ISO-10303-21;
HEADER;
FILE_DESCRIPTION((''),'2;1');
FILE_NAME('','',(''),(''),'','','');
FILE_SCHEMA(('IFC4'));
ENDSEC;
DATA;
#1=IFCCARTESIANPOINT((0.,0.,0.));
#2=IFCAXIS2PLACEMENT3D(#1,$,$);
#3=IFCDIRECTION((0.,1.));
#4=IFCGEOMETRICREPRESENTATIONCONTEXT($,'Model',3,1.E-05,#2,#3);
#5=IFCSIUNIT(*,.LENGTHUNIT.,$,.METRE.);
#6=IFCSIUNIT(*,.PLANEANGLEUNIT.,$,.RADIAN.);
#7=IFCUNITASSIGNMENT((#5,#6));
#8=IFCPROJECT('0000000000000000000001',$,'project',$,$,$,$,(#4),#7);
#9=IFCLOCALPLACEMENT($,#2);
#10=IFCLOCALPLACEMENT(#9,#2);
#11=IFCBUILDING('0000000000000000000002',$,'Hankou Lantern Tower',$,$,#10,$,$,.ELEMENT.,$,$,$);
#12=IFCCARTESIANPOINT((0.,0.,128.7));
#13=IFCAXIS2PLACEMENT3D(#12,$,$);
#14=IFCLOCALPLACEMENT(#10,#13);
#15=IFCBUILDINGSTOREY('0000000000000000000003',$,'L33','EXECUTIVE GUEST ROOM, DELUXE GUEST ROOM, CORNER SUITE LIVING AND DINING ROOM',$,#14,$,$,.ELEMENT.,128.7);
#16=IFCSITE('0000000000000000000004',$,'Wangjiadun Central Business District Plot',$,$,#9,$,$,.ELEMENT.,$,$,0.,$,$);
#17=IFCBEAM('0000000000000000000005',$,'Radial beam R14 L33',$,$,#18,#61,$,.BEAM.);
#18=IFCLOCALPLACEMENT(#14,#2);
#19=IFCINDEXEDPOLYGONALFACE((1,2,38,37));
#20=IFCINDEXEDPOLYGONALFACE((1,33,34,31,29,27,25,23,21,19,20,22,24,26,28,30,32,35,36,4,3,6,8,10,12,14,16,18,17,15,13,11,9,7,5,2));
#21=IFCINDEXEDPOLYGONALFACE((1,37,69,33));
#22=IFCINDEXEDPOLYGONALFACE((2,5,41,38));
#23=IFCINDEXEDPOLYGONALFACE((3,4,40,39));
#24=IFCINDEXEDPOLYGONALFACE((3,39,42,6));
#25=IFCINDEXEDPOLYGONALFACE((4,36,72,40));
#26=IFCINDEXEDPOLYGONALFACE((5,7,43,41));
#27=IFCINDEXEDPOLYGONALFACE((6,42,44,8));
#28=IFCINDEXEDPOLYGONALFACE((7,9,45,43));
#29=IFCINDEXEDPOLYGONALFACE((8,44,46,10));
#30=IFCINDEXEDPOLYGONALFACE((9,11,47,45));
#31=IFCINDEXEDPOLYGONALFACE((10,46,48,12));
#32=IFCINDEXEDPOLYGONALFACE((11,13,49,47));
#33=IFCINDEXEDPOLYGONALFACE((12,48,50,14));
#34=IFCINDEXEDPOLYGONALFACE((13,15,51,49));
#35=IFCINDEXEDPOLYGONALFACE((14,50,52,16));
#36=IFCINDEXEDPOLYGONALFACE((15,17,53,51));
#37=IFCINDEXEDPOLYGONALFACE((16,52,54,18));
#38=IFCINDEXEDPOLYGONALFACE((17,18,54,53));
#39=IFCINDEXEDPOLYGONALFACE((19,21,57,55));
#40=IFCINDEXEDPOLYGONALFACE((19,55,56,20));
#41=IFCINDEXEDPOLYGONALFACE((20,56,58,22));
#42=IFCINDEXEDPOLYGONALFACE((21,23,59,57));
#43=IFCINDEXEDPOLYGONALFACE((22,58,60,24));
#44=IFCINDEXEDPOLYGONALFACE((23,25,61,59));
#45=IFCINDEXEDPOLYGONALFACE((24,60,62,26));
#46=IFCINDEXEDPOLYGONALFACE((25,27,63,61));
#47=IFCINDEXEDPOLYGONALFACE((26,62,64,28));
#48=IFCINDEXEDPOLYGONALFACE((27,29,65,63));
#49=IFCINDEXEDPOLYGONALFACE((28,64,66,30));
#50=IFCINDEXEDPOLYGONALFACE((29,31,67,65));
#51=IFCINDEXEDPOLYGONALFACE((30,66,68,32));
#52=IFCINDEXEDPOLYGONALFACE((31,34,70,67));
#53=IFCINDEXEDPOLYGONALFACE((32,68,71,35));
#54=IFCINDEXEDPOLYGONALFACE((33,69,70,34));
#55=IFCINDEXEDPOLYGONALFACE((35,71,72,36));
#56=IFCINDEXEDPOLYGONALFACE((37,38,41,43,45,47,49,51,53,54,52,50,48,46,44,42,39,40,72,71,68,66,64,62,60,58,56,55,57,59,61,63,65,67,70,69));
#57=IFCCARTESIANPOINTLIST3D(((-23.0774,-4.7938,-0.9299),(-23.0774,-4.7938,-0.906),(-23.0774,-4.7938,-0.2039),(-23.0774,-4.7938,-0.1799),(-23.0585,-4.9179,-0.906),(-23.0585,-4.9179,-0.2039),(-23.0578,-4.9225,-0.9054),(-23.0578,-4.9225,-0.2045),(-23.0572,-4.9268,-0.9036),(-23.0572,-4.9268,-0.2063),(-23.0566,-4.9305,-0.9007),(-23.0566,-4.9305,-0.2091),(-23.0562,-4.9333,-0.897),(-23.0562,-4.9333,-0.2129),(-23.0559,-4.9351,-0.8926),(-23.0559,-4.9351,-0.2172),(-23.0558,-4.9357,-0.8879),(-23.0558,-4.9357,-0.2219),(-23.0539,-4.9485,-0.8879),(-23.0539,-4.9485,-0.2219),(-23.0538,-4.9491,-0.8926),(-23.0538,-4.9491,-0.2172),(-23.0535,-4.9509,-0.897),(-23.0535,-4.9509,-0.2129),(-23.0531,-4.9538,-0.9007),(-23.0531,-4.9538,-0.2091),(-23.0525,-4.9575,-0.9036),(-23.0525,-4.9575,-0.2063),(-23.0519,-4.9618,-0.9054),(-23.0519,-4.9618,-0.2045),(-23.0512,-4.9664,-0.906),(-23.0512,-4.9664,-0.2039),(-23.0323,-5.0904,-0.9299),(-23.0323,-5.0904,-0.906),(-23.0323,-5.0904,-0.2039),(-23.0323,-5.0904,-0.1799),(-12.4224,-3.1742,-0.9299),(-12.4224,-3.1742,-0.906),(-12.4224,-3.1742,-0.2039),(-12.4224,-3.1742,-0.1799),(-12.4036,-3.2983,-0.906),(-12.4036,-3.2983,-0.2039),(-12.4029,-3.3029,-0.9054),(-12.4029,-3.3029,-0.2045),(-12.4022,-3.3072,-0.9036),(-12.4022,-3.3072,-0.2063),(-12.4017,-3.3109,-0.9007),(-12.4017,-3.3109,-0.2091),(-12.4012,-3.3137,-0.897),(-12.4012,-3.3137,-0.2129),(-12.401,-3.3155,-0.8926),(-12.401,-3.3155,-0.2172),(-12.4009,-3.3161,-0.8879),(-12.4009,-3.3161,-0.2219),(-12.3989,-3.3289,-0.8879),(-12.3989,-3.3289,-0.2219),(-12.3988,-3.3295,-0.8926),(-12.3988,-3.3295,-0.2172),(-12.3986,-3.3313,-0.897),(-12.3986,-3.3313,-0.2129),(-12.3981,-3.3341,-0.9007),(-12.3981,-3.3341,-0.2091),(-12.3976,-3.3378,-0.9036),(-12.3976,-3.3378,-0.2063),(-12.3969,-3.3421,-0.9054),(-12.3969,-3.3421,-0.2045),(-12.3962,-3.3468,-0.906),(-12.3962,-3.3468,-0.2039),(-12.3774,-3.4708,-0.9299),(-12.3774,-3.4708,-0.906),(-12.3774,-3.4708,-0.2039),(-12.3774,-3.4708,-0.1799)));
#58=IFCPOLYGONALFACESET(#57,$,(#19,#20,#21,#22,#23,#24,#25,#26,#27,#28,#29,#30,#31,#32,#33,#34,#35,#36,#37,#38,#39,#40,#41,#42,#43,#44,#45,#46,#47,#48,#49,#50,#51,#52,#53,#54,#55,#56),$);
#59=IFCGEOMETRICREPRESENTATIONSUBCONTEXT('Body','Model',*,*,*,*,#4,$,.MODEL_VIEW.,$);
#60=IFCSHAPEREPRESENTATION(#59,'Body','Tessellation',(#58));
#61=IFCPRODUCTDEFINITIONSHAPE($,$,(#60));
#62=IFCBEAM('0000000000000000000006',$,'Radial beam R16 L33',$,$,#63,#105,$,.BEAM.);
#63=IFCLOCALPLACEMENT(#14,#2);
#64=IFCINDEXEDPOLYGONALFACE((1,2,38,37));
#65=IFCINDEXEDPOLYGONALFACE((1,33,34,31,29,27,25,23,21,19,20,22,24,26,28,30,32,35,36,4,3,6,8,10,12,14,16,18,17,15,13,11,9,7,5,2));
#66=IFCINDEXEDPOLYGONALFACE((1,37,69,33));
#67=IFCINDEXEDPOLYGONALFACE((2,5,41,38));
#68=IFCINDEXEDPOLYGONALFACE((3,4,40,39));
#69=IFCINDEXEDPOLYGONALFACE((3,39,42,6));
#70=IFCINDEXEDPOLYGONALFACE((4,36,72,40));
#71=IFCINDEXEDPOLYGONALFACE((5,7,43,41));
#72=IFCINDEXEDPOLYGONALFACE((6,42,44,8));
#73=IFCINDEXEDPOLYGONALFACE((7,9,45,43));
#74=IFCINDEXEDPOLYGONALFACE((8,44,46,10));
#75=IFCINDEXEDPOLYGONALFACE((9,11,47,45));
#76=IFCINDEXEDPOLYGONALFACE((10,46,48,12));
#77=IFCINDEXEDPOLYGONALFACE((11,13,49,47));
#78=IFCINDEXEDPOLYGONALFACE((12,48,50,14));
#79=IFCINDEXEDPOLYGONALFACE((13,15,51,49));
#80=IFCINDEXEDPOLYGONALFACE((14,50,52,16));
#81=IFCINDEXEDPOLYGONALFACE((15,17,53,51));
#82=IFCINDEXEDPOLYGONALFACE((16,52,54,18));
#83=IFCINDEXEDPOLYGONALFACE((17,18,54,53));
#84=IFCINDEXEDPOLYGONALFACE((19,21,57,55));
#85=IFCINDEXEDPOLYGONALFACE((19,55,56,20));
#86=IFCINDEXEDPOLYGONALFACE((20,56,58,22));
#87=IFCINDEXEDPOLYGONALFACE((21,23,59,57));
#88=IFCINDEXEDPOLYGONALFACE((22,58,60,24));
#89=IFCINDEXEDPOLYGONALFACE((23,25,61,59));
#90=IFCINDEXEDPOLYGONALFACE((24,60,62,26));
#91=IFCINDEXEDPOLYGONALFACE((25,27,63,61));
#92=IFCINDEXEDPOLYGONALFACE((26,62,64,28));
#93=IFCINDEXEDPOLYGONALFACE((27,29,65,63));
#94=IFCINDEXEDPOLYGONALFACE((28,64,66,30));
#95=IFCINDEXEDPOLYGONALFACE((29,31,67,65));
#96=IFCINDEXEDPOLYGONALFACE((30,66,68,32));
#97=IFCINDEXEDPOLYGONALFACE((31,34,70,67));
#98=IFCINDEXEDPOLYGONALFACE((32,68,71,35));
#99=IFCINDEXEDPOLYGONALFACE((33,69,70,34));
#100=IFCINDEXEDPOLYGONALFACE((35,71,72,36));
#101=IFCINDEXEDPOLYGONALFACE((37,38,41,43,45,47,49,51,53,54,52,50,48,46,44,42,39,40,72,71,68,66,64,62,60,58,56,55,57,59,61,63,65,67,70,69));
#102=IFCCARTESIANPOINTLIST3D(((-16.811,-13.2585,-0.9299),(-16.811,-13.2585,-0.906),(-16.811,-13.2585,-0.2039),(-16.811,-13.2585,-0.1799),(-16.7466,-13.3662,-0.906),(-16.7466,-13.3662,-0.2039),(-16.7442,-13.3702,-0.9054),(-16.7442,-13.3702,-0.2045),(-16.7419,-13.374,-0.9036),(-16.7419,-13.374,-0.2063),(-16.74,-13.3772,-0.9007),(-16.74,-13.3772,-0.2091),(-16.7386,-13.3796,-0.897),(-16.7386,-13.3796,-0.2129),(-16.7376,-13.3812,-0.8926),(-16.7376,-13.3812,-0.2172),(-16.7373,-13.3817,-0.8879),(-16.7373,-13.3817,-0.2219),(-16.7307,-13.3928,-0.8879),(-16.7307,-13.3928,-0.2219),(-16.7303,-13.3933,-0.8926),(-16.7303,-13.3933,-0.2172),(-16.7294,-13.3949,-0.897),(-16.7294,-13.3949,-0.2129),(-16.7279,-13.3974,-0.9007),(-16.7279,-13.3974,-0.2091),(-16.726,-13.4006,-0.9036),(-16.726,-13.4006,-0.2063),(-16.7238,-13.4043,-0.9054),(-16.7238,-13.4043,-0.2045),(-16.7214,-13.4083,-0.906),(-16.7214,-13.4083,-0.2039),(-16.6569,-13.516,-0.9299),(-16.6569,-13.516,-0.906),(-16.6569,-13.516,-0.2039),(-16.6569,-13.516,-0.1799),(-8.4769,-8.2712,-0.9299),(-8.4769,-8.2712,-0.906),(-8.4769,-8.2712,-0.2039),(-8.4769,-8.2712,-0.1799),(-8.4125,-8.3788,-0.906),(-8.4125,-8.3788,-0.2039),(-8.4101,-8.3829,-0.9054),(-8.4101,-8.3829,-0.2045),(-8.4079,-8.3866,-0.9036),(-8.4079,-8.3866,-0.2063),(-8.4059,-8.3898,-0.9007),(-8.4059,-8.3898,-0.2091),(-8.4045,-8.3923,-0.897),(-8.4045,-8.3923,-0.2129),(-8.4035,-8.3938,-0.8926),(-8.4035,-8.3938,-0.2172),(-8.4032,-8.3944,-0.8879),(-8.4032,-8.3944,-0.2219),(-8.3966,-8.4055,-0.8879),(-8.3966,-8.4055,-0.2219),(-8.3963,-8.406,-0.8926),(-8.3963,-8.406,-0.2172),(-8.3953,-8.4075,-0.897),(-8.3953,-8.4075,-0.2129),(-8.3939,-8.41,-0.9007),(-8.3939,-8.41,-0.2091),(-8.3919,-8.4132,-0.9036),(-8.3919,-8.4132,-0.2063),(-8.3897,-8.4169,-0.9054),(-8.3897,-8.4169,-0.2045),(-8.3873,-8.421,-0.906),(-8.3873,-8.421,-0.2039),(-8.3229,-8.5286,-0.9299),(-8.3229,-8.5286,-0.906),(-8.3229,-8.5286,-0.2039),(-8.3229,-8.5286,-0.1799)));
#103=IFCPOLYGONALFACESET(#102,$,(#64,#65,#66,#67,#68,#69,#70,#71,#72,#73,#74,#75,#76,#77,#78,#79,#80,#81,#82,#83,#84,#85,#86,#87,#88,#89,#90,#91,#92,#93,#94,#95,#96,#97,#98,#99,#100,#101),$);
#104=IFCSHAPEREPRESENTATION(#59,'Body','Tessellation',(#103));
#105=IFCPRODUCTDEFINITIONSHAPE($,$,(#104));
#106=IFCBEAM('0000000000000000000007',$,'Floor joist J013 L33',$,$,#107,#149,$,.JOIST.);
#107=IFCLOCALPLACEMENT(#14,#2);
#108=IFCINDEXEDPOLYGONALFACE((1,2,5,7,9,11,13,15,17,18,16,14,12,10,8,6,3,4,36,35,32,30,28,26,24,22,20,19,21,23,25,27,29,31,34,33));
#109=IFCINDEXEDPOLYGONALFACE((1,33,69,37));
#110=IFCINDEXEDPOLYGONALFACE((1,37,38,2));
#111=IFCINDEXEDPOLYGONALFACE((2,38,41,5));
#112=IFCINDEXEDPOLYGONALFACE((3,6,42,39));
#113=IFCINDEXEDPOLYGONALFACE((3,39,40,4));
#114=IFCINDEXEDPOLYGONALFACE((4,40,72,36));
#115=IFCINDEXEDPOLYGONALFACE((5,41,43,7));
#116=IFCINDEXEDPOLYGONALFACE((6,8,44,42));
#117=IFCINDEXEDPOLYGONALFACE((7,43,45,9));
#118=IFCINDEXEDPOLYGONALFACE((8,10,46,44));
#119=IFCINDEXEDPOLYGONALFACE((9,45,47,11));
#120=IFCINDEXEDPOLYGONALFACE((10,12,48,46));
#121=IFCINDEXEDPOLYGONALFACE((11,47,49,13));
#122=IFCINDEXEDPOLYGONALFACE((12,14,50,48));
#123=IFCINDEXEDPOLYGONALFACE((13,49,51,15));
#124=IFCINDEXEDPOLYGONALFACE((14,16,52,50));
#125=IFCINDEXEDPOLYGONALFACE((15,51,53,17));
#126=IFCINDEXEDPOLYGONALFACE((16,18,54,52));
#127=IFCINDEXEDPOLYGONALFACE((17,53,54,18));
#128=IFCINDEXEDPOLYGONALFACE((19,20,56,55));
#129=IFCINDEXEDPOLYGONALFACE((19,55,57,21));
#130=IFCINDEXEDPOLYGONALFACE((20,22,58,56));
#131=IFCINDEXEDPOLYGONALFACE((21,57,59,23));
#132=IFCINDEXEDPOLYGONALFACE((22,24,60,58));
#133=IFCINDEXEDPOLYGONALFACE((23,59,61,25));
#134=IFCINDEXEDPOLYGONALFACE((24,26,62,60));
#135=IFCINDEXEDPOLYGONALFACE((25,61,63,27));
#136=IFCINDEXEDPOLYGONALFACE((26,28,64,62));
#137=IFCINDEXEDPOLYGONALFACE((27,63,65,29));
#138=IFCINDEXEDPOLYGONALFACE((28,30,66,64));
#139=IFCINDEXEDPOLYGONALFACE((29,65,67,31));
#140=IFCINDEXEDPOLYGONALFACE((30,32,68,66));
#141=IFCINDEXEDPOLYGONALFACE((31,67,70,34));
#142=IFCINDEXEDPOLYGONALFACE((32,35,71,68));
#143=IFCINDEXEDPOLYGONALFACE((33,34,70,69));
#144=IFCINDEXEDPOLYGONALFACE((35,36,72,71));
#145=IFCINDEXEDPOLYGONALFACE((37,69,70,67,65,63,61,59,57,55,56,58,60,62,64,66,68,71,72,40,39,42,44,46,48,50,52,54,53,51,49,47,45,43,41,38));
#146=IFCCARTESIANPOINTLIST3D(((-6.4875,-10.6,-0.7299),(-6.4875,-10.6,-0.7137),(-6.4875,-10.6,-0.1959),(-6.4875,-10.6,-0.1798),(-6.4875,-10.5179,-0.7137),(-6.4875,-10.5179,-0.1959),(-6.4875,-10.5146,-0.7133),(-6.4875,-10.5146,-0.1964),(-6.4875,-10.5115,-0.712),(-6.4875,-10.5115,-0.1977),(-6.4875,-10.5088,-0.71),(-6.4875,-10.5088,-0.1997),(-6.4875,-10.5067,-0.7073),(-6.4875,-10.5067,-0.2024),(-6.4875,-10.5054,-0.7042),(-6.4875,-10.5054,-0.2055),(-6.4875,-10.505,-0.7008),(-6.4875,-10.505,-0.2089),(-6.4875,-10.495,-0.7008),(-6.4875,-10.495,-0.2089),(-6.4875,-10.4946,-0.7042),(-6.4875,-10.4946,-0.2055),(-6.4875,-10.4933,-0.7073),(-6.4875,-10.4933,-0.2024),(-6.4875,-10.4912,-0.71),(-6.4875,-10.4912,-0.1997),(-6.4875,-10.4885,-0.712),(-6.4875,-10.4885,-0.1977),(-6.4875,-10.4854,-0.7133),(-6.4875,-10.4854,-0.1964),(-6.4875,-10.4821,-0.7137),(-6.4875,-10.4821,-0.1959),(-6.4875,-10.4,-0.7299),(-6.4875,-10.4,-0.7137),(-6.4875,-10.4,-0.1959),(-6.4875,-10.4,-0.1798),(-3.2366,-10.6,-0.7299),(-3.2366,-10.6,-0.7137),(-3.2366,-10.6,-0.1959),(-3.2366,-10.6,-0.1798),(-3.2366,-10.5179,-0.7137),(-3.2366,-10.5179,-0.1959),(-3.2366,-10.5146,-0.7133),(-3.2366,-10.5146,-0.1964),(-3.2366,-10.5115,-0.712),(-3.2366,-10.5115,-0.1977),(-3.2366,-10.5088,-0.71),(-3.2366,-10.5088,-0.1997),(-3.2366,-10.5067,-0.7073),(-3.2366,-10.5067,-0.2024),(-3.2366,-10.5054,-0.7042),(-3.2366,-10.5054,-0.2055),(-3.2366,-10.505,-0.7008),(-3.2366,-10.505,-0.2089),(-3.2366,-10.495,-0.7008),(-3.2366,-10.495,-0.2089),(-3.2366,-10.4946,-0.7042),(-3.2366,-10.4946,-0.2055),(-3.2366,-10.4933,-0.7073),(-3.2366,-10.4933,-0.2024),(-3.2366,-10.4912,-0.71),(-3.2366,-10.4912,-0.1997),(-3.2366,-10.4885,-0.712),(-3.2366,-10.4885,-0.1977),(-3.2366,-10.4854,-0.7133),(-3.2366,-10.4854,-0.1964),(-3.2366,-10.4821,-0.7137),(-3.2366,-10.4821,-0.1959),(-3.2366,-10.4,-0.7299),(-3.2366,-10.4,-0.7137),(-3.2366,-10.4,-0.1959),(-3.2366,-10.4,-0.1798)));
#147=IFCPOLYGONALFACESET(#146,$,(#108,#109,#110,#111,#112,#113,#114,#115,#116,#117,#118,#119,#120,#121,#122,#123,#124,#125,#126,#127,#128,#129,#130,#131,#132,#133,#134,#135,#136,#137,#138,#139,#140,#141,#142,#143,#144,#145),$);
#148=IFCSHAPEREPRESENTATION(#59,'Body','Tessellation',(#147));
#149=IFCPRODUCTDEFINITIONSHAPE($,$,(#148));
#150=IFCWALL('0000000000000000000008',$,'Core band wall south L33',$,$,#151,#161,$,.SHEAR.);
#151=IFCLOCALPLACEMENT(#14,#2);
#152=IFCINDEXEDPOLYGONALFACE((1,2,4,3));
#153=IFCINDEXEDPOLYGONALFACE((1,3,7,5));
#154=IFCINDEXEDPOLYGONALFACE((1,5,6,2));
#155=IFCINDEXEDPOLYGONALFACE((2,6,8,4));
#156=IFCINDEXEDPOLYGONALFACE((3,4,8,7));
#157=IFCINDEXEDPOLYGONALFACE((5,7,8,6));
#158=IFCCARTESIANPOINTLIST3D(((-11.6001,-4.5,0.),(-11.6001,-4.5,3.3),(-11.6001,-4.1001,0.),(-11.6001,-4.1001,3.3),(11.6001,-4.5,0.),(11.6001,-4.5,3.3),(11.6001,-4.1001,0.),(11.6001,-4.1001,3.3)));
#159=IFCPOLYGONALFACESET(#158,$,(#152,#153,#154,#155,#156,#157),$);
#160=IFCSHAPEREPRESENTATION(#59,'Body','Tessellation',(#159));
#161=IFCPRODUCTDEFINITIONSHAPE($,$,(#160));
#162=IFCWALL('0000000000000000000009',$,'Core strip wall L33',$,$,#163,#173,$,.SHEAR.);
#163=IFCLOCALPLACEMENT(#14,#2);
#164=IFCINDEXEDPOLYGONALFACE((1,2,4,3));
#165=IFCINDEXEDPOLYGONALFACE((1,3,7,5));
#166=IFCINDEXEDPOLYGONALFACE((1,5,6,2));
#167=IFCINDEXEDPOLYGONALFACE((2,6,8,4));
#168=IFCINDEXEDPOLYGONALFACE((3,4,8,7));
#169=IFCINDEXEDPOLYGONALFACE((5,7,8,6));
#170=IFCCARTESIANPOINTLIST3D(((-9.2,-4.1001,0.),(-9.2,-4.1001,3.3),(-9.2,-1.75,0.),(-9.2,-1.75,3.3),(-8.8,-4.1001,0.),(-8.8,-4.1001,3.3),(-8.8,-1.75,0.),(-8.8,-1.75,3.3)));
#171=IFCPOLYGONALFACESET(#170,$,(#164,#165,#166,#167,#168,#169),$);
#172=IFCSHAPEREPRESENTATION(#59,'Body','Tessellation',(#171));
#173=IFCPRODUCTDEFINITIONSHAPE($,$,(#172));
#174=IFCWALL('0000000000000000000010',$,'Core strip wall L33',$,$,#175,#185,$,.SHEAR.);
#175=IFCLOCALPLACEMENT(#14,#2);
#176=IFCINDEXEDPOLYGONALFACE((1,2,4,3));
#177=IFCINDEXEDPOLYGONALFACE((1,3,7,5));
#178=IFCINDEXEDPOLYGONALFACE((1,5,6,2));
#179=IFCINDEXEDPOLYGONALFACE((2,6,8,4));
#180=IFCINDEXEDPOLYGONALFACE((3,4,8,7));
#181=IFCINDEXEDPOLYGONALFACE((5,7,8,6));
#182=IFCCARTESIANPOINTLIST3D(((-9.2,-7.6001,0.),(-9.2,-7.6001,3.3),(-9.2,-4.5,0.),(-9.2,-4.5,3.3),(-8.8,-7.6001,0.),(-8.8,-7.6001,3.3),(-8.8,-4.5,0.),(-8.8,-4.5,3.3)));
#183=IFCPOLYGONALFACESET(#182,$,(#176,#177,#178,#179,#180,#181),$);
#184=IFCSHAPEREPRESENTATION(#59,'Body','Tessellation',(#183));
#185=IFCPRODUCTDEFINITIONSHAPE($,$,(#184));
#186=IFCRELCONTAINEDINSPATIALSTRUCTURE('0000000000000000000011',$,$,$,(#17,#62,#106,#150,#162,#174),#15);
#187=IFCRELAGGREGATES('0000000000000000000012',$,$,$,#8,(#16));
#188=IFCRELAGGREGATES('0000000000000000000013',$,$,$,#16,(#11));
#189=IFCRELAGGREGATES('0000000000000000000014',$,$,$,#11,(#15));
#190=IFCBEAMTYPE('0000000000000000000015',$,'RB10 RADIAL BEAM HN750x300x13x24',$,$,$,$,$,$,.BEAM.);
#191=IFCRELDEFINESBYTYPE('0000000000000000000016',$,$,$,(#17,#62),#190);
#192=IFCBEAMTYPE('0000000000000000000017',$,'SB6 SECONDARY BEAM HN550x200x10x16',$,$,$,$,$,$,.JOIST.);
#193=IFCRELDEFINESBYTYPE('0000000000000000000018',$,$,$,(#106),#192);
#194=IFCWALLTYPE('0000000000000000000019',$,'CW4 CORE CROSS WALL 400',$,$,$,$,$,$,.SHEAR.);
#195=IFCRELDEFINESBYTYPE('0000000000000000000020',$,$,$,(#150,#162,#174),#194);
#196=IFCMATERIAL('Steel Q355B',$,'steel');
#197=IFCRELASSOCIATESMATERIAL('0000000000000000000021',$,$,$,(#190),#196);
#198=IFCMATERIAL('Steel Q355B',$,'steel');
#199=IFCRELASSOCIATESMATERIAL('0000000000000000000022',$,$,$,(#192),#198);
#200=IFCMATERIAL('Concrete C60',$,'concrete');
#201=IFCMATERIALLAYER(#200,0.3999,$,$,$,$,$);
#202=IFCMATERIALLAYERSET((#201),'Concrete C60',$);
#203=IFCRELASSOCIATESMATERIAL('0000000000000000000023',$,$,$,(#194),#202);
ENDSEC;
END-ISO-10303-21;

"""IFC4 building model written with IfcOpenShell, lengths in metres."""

from ifc_helpers import new_model, si_unit, direction, frame, frame_2d, origin, origin_2d, place, context, subcontext, project, spatial, rectangle, i_section, extrude, material, layer, layer_set, material_profile, profile_set, type_object, element, save


model = new_model("IFC4")

# Units and contexts
model_context = context("Model", 3, precision=1e-05, world=origin(), true_north=direction((0.0, 1.0)))
body_context = subcontext(model_context, "Body", "Model", "MODEL_VIEW")
ifc_project = project(units=[si_unit("LENGTHUNIT", "METRE"), si_unit("PLANEANGLEUNIT", "RADIAN")], contexts=[model_context])

# Site, building, storey
site_placement = place(None, origin())
site = spatial("IfcSite", under=ifc_project, at=site_placement, Name="Wangjiadun Central Business District Plot", CompositionType="ELEMENT", RefElevation=0.0)
building_placement = place(site_placement, origin())
building = spatial("IfcBuilding", under=site, at=building_placement, Name="Hankou Lantern Tower", CompositionType="ELEMENT")
storey_placement = place(building_placement, frame((0.0, 0.0, 128.7)))
storey = spatial("IfcBuildingStorey", under=building, at=storey_placement, Name="L33", Description="EXECUTIVE GUEST ROOM, DELUXE GUEST ROOM, CORNER SUITE LIVING AND DINING ROOM", CompositionType="ELEMENT", Elevation=128.7)

# Beams
ifc_material_1 = material(Name="Steel Q355B", Category="steel")
ifc_material_profile_1 = material_profile(ifc_material_1, i_section(OverallWidth=0.3, OverallDepth=0.75, WebThickness=0.0129, FlangeThickness=0.0239, FilletRadius=0.0181, at=origin_2d()), Name="HN750x300x13x24")
ifc_profile_set_1 = profile_set([ifc_material_profile_1], Name="Steel Q355B")
beam_type_1 = type_object("IfcBeamType", Name="RB10 RADIAL BEAM HN750x300x13x24", PredefinedType="BEAM", material=ifc_profile_set_1)
beam_1_placement = place(storey_placement, frame((-12.3999, -3.3225, -0.5549), z_axis=(-0.988644, -0.15028, 0.0), x_axis=(0.15028, -0.988644, 0.0)))
element("IfcBeam", 1, at=beam_1_placement, inside=storey, type_object=beam_type_1, Name="Radial beam R14 L33", PredefinedType="BEAM", context=body_context, shape_type="SweptSolid", body=[
    extrude(i_section(OverallWidth=0.3, OverallDepth=0.75, WebThickness=0.0129, FlangeThickness=0.0239, FilletRadius=0.0181, at=origin_2d()), origin(), (0.0, 0.0, 1.0), 10.7773),
])
beam_2_placement = place(storey_placement, frame((-8.3999, -8.3999, -0.5549), z_axis=(-0.858087, -0.513505, 0.0), x_axis=(0.513505, -0.858087, 0.0)))
element("IfcBeam", 2, at=beam_2_placement, inside=storey, type_object=beam_type_1, Name="Radial beam R16 L33", PredefinedType="BEAM", context=body_context, shape_type="SweptSolid", body=[
    extrude(i_section(OverallWidth=0.3, OverallDepth=0.75, WebThickness=0.0129, FlangeThickness=0.0239, FilletRadius=0.0181, at=origin_2d()), origin(), (0.0, 0.0, 1.0), 9.7124),
])
ifc_material_2 = material(Name="Steel Q355B", Category="steel")
ifc_material_profile_2 = material_profile(ifc_material_2, i_section(OverallWidth=0.2, OverallDepth=0.55, WebThickness=0.01, FlangeThickness=0.0161, FilletRadius=0.0129, at=origin_2d()), Name="HN550x200x10x16")
ifc_profile_set_2 = profile_set([ifc_material_profile_2], Name="Steel Q355B")
beam_type_2 = type_object("IfcBeamType", Name="SB6 SECONDARY BEAM HN550x200x10x16", PredefinedType="JOIST", material=ifc_profile_set_2)
beam_3_placement = place(storey_placement, frame((-6.4875, -10.5, -0.4548), z_axis=(1.0, 0.0, 0.0), x_axis=(0.0, 1.0, 0.0)))
element("IfcBeam", 3, at=beam_3_placement, inside=storey, type_object=beam_type_2, Name="Floor joist J013 L33", PredefinedType="JOIST", context=body_context, shape_type="SweptSolid", body=[
    extrude(i_section(OverallWidth=0.2, OverallDepth=0.55, WebThickness=0.01, FlangeThickness=0.0161, FilletRadius=0.0129, at=origin_2d()), origin(), (0.0, 0.0, 1.0), 3.251),
])

# Walls
ifc_material_3 = material(Name="Concrete C60", Category="concrete")
ifc_layer_1 = layer(ifc_material_3, 0.3999)
ifc_layer_set_1 = layer_set([ifc_layer_1], Name="Concrete C60")
wall_type_1 = type_object("IfcWallType", Name="CW4 CORE CROSS WALL 400", PredefinedType="SHEAR", material=ifc_layer_set_1)
wall_1_placement = place(storey_placement, frame((-11.6001, -4.3, 0.0), z_axis=(0.0, 0.0, 1.0), x_axis=(1.0, 0.0, 0.0)))
element("IfcWall", 4, at=wall_1_placement, inside=storey, type_object=wall_type_1, Name="Core band wall south L33", PredefinedType="SHEAR", context=body_context, shape_type="SweptSolid", body=[
    extrude(rectangle(XDim=23.2002, YDim=0.3999, at=frame_2d((11.6001, 0.0))), origin(), (0.0, 0.0, 1.0), 3.3),
])
wall_2_placement = place(storey_placement, frame((-9.0, -4.1001, 0.0), z_axis=(0.0, 0.0, 1.0), x_axis=(0.0, 1.0, 0.0)))
element("IfcWall", 5, at=wall_2_placement, inside=storey, type_object=wall_type_1, Name="Core strip wall L33", PredefinedType="SHEAR", context=body_context, shape_type="SweptSolid", body=[
    extrude(rectangle(XDim=2.3501, YDim=0.3999, at=frame_2d((1.175, 0.0))), origin(), (0.0, 0.0, 1.0), 3.3),
])
wall_3_placement = place(storey_placement, frame((-9.0, -7.6001, 0.0), z_axis=(0.0, 0.0, 1.0), x_axis=(0.0, 1.0, 0.0)))
element("IfcWall", 6, at=wall_3_placement, inside=storey, type_object=wall_type_1, Name="Core strip wall L33", PredefinedType="SHEAR", context=body_context, shape_type="SweptSolid", body=[
    extrude(rectangle(XDim=3.1001, YDim=0.3999, at=frame_2d((1.55, 0.0))), origin(), (0.0, 0.0, 1.0), 3.3),
])

save(model, "model.ifc")
